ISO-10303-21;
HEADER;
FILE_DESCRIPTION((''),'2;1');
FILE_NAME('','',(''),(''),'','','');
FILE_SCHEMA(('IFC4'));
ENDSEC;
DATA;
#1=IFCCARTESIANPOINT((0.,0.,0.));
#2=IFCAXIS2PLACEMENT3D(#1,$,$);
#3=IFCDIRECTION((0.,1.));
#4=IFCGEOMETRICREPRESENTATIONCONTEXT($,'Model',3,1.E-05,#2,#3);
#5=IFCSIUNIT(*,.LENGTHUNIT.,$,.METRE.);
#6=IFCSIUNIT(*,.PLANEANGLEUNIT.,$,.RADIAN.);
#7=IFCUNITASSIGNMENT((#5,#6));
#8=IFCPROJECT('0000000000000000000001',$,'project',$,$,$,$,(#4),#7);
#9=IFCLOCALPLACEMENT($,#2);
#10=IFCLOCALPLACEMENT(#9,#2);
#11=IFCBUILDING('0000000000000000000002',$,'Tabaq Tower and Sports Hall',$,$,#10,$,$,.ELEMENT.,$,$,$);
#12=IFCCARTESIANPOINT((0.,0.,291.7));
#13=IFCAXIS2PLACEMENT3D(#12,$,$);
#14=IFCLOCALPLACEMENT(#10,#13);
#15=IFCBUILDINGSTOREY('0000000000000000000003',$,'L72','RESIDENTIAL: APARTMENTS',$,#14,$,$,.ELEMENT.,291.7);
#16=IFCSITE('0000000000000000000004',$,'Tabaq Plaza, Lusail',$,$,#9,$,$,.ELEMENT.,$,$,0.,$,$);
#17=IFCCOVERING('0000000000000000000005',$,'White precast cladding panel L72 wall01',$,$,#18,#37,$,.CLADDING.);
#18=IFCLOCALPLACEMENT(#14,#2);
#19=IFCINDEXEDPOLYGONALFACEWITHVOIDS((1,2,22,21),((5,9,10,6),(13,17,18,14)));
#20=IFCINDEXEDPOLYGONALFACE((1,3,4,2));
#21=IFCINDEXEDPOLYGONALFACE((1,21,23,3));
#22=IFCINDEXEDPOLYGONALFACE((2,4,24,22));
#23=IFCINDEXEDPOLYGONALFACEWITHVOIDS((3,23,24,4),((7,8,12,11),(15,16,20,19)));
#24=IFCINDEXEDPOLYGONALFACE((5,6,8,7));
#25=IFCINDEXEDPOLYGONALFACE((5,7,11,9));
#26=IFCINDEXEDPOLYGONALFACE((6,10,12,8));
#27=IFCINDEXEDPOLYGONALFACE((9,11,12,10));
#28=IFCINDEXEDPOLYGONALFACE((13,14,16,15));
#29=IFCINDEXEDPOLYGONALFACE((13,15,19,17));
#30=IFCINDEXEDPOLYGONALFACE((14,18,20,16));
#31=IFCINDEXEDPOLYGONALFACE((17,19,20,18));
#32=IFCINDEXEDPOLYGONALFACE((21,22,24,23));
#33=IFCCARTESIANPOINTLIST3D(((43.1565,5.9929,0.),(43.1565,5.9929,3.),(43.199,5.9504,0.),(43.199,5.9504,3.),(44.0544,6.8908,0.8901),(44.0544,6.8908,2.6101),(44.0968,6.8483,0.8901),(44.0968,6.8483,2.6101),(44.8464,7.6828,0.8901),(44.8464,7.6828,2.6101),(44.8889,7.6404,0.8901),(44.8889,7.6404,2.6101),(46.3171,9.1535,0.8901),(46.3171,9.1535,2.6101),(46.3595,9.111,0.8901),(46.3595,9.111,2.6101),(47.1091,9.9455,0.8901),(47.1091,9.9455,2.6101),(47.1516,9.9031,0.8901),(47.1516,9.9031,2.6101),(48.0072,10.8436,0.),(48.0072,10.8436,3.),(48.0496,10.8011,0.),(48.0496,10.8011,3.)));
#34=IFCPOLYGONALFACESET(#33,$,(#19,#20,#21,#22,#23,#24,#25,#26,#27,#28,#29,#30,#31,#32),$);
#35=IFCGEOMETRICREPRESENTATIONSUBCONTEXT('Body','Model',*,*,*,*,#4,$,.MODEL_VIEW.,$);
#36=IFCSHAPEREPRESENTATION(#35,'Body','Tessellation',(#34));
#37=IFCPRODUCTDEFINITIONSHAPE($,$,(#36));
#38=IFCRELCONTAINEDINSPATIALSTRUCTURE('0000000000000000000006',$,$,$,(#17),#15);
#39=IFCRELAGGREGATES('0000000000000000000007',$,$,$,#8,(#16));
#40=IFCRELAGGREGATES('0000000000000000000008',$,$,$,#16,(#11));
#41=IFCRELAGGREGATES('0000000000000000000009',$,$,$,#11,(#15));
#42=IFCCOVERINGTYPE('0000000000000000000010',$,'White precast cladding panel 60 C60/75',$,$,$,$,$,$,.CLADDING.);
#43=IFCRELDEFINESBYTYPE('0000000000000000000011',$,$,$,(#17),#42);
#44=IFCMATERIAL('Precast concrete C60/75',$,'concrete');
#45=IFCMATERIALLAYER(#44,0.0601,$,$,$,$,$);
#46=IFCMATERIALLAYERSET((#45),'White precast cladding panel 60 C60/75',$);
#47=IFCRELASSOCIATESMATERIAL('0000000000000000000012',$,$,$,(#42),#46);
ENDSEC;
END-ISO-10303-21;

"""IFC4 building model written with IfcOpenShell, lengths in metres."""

from ifc_helpers import new_model, si_unit, direction, frame, origin, place, context, subcontext, project, spatial, polyline, outline, extrude, material, layer, layer_set, type_object, element, save


model = new_model("IFC4")

# Units and contexts
model_context = context("Model", 3, precision=1e-05, world=origin(), true_north=direction((0.0, 1.0)))
body_context = subcontext(model_context, "Body", "Model", "MODEL_VIEW")
ifc_project = project(units=[si_unit("LENGTHUNIT", "METRE"), si_unit("PLANEANGLEUNIT", "RADIAN")], contexts=[model_context])

# Site, building, storey
site_placement = place(None, origin())
site = spatial("IfcSite", under=ifc_project, at=site_placement, Name="Tabaq Plaza, Lusail", CompositionType="ELEMENT", RefElevation=0.0)
building_placement = place(site_placement, origin())
building = spatial("IfcBuilding", under=site, at=building_placement, Name="Tabaq Tower and Sports Hall", CompositionType="ELEMENT")
storey_placement = place(building_placement, frame((0.0, 0.0, 291.7)))
storey = spatial("IfcBuildingStorey", under=building, at=storey_placement, Name="L72", Description="RESIDENTIAL: APARTMENTS", CompositionType="ELEMENT", Elevation=291.7)

# Covering
ifc_material_1 = material(Name="Precast concrete C60/75", Category="concrete")
ifc_layer_1 = layer(ifc_material_1, 0.0601)
ifc_layer_set_1 = layer_set([ifc_layer_1], Name="White precast cladding panel 60 C60/75")
covering_type_1 = type_object("IfcCoveringType", Name="White precast cladding panel 60 C60/75", PredefinedType="CLADDING", material=ifc_layer_set_1)
covering_1_placement = place(storey_placement, frame((43.1777, 5.9717, 0.0), z_axis=(0.0, 0.0, 1.0), x_axis=(0.707107, 0.707107, 0.0)))
element("IfcCovering", 1, at=covering_1_placement, inside=storey, type_object=covering_type_1, Name="White precast cladding panel L72 wall01", PredefinedType="CLADDING", context=body_context, shape_type="SweptSolid", body=[
    extrude(outline(polyline([(0.0, 0.0), (6.8599, 0.0), (6.8599, 3.0), (0.0, 3.0), (0.0, 0.0)]), holes=[polyline([(1.2698, 2.6101), (2.3899, 2.6101), (2.3899, 0.8901), (1.2698, 0.8901), (1.2698, 2.6101)]), polyline([(4.4697, 2.6101), (5.5898, 2.6101), (5.5898, 0.8901), (4.4697, 0.8901), (4.4697, 2.6101)])]), frame((0.0, 0.03, 0.0), z_axis=(0.0, -1.0, 0.0), x_axis=(1.0, 0.0, 0.0)), (0.0, 0.0, 1.0), 0.0601),
])

save(model, "model.ifc")
